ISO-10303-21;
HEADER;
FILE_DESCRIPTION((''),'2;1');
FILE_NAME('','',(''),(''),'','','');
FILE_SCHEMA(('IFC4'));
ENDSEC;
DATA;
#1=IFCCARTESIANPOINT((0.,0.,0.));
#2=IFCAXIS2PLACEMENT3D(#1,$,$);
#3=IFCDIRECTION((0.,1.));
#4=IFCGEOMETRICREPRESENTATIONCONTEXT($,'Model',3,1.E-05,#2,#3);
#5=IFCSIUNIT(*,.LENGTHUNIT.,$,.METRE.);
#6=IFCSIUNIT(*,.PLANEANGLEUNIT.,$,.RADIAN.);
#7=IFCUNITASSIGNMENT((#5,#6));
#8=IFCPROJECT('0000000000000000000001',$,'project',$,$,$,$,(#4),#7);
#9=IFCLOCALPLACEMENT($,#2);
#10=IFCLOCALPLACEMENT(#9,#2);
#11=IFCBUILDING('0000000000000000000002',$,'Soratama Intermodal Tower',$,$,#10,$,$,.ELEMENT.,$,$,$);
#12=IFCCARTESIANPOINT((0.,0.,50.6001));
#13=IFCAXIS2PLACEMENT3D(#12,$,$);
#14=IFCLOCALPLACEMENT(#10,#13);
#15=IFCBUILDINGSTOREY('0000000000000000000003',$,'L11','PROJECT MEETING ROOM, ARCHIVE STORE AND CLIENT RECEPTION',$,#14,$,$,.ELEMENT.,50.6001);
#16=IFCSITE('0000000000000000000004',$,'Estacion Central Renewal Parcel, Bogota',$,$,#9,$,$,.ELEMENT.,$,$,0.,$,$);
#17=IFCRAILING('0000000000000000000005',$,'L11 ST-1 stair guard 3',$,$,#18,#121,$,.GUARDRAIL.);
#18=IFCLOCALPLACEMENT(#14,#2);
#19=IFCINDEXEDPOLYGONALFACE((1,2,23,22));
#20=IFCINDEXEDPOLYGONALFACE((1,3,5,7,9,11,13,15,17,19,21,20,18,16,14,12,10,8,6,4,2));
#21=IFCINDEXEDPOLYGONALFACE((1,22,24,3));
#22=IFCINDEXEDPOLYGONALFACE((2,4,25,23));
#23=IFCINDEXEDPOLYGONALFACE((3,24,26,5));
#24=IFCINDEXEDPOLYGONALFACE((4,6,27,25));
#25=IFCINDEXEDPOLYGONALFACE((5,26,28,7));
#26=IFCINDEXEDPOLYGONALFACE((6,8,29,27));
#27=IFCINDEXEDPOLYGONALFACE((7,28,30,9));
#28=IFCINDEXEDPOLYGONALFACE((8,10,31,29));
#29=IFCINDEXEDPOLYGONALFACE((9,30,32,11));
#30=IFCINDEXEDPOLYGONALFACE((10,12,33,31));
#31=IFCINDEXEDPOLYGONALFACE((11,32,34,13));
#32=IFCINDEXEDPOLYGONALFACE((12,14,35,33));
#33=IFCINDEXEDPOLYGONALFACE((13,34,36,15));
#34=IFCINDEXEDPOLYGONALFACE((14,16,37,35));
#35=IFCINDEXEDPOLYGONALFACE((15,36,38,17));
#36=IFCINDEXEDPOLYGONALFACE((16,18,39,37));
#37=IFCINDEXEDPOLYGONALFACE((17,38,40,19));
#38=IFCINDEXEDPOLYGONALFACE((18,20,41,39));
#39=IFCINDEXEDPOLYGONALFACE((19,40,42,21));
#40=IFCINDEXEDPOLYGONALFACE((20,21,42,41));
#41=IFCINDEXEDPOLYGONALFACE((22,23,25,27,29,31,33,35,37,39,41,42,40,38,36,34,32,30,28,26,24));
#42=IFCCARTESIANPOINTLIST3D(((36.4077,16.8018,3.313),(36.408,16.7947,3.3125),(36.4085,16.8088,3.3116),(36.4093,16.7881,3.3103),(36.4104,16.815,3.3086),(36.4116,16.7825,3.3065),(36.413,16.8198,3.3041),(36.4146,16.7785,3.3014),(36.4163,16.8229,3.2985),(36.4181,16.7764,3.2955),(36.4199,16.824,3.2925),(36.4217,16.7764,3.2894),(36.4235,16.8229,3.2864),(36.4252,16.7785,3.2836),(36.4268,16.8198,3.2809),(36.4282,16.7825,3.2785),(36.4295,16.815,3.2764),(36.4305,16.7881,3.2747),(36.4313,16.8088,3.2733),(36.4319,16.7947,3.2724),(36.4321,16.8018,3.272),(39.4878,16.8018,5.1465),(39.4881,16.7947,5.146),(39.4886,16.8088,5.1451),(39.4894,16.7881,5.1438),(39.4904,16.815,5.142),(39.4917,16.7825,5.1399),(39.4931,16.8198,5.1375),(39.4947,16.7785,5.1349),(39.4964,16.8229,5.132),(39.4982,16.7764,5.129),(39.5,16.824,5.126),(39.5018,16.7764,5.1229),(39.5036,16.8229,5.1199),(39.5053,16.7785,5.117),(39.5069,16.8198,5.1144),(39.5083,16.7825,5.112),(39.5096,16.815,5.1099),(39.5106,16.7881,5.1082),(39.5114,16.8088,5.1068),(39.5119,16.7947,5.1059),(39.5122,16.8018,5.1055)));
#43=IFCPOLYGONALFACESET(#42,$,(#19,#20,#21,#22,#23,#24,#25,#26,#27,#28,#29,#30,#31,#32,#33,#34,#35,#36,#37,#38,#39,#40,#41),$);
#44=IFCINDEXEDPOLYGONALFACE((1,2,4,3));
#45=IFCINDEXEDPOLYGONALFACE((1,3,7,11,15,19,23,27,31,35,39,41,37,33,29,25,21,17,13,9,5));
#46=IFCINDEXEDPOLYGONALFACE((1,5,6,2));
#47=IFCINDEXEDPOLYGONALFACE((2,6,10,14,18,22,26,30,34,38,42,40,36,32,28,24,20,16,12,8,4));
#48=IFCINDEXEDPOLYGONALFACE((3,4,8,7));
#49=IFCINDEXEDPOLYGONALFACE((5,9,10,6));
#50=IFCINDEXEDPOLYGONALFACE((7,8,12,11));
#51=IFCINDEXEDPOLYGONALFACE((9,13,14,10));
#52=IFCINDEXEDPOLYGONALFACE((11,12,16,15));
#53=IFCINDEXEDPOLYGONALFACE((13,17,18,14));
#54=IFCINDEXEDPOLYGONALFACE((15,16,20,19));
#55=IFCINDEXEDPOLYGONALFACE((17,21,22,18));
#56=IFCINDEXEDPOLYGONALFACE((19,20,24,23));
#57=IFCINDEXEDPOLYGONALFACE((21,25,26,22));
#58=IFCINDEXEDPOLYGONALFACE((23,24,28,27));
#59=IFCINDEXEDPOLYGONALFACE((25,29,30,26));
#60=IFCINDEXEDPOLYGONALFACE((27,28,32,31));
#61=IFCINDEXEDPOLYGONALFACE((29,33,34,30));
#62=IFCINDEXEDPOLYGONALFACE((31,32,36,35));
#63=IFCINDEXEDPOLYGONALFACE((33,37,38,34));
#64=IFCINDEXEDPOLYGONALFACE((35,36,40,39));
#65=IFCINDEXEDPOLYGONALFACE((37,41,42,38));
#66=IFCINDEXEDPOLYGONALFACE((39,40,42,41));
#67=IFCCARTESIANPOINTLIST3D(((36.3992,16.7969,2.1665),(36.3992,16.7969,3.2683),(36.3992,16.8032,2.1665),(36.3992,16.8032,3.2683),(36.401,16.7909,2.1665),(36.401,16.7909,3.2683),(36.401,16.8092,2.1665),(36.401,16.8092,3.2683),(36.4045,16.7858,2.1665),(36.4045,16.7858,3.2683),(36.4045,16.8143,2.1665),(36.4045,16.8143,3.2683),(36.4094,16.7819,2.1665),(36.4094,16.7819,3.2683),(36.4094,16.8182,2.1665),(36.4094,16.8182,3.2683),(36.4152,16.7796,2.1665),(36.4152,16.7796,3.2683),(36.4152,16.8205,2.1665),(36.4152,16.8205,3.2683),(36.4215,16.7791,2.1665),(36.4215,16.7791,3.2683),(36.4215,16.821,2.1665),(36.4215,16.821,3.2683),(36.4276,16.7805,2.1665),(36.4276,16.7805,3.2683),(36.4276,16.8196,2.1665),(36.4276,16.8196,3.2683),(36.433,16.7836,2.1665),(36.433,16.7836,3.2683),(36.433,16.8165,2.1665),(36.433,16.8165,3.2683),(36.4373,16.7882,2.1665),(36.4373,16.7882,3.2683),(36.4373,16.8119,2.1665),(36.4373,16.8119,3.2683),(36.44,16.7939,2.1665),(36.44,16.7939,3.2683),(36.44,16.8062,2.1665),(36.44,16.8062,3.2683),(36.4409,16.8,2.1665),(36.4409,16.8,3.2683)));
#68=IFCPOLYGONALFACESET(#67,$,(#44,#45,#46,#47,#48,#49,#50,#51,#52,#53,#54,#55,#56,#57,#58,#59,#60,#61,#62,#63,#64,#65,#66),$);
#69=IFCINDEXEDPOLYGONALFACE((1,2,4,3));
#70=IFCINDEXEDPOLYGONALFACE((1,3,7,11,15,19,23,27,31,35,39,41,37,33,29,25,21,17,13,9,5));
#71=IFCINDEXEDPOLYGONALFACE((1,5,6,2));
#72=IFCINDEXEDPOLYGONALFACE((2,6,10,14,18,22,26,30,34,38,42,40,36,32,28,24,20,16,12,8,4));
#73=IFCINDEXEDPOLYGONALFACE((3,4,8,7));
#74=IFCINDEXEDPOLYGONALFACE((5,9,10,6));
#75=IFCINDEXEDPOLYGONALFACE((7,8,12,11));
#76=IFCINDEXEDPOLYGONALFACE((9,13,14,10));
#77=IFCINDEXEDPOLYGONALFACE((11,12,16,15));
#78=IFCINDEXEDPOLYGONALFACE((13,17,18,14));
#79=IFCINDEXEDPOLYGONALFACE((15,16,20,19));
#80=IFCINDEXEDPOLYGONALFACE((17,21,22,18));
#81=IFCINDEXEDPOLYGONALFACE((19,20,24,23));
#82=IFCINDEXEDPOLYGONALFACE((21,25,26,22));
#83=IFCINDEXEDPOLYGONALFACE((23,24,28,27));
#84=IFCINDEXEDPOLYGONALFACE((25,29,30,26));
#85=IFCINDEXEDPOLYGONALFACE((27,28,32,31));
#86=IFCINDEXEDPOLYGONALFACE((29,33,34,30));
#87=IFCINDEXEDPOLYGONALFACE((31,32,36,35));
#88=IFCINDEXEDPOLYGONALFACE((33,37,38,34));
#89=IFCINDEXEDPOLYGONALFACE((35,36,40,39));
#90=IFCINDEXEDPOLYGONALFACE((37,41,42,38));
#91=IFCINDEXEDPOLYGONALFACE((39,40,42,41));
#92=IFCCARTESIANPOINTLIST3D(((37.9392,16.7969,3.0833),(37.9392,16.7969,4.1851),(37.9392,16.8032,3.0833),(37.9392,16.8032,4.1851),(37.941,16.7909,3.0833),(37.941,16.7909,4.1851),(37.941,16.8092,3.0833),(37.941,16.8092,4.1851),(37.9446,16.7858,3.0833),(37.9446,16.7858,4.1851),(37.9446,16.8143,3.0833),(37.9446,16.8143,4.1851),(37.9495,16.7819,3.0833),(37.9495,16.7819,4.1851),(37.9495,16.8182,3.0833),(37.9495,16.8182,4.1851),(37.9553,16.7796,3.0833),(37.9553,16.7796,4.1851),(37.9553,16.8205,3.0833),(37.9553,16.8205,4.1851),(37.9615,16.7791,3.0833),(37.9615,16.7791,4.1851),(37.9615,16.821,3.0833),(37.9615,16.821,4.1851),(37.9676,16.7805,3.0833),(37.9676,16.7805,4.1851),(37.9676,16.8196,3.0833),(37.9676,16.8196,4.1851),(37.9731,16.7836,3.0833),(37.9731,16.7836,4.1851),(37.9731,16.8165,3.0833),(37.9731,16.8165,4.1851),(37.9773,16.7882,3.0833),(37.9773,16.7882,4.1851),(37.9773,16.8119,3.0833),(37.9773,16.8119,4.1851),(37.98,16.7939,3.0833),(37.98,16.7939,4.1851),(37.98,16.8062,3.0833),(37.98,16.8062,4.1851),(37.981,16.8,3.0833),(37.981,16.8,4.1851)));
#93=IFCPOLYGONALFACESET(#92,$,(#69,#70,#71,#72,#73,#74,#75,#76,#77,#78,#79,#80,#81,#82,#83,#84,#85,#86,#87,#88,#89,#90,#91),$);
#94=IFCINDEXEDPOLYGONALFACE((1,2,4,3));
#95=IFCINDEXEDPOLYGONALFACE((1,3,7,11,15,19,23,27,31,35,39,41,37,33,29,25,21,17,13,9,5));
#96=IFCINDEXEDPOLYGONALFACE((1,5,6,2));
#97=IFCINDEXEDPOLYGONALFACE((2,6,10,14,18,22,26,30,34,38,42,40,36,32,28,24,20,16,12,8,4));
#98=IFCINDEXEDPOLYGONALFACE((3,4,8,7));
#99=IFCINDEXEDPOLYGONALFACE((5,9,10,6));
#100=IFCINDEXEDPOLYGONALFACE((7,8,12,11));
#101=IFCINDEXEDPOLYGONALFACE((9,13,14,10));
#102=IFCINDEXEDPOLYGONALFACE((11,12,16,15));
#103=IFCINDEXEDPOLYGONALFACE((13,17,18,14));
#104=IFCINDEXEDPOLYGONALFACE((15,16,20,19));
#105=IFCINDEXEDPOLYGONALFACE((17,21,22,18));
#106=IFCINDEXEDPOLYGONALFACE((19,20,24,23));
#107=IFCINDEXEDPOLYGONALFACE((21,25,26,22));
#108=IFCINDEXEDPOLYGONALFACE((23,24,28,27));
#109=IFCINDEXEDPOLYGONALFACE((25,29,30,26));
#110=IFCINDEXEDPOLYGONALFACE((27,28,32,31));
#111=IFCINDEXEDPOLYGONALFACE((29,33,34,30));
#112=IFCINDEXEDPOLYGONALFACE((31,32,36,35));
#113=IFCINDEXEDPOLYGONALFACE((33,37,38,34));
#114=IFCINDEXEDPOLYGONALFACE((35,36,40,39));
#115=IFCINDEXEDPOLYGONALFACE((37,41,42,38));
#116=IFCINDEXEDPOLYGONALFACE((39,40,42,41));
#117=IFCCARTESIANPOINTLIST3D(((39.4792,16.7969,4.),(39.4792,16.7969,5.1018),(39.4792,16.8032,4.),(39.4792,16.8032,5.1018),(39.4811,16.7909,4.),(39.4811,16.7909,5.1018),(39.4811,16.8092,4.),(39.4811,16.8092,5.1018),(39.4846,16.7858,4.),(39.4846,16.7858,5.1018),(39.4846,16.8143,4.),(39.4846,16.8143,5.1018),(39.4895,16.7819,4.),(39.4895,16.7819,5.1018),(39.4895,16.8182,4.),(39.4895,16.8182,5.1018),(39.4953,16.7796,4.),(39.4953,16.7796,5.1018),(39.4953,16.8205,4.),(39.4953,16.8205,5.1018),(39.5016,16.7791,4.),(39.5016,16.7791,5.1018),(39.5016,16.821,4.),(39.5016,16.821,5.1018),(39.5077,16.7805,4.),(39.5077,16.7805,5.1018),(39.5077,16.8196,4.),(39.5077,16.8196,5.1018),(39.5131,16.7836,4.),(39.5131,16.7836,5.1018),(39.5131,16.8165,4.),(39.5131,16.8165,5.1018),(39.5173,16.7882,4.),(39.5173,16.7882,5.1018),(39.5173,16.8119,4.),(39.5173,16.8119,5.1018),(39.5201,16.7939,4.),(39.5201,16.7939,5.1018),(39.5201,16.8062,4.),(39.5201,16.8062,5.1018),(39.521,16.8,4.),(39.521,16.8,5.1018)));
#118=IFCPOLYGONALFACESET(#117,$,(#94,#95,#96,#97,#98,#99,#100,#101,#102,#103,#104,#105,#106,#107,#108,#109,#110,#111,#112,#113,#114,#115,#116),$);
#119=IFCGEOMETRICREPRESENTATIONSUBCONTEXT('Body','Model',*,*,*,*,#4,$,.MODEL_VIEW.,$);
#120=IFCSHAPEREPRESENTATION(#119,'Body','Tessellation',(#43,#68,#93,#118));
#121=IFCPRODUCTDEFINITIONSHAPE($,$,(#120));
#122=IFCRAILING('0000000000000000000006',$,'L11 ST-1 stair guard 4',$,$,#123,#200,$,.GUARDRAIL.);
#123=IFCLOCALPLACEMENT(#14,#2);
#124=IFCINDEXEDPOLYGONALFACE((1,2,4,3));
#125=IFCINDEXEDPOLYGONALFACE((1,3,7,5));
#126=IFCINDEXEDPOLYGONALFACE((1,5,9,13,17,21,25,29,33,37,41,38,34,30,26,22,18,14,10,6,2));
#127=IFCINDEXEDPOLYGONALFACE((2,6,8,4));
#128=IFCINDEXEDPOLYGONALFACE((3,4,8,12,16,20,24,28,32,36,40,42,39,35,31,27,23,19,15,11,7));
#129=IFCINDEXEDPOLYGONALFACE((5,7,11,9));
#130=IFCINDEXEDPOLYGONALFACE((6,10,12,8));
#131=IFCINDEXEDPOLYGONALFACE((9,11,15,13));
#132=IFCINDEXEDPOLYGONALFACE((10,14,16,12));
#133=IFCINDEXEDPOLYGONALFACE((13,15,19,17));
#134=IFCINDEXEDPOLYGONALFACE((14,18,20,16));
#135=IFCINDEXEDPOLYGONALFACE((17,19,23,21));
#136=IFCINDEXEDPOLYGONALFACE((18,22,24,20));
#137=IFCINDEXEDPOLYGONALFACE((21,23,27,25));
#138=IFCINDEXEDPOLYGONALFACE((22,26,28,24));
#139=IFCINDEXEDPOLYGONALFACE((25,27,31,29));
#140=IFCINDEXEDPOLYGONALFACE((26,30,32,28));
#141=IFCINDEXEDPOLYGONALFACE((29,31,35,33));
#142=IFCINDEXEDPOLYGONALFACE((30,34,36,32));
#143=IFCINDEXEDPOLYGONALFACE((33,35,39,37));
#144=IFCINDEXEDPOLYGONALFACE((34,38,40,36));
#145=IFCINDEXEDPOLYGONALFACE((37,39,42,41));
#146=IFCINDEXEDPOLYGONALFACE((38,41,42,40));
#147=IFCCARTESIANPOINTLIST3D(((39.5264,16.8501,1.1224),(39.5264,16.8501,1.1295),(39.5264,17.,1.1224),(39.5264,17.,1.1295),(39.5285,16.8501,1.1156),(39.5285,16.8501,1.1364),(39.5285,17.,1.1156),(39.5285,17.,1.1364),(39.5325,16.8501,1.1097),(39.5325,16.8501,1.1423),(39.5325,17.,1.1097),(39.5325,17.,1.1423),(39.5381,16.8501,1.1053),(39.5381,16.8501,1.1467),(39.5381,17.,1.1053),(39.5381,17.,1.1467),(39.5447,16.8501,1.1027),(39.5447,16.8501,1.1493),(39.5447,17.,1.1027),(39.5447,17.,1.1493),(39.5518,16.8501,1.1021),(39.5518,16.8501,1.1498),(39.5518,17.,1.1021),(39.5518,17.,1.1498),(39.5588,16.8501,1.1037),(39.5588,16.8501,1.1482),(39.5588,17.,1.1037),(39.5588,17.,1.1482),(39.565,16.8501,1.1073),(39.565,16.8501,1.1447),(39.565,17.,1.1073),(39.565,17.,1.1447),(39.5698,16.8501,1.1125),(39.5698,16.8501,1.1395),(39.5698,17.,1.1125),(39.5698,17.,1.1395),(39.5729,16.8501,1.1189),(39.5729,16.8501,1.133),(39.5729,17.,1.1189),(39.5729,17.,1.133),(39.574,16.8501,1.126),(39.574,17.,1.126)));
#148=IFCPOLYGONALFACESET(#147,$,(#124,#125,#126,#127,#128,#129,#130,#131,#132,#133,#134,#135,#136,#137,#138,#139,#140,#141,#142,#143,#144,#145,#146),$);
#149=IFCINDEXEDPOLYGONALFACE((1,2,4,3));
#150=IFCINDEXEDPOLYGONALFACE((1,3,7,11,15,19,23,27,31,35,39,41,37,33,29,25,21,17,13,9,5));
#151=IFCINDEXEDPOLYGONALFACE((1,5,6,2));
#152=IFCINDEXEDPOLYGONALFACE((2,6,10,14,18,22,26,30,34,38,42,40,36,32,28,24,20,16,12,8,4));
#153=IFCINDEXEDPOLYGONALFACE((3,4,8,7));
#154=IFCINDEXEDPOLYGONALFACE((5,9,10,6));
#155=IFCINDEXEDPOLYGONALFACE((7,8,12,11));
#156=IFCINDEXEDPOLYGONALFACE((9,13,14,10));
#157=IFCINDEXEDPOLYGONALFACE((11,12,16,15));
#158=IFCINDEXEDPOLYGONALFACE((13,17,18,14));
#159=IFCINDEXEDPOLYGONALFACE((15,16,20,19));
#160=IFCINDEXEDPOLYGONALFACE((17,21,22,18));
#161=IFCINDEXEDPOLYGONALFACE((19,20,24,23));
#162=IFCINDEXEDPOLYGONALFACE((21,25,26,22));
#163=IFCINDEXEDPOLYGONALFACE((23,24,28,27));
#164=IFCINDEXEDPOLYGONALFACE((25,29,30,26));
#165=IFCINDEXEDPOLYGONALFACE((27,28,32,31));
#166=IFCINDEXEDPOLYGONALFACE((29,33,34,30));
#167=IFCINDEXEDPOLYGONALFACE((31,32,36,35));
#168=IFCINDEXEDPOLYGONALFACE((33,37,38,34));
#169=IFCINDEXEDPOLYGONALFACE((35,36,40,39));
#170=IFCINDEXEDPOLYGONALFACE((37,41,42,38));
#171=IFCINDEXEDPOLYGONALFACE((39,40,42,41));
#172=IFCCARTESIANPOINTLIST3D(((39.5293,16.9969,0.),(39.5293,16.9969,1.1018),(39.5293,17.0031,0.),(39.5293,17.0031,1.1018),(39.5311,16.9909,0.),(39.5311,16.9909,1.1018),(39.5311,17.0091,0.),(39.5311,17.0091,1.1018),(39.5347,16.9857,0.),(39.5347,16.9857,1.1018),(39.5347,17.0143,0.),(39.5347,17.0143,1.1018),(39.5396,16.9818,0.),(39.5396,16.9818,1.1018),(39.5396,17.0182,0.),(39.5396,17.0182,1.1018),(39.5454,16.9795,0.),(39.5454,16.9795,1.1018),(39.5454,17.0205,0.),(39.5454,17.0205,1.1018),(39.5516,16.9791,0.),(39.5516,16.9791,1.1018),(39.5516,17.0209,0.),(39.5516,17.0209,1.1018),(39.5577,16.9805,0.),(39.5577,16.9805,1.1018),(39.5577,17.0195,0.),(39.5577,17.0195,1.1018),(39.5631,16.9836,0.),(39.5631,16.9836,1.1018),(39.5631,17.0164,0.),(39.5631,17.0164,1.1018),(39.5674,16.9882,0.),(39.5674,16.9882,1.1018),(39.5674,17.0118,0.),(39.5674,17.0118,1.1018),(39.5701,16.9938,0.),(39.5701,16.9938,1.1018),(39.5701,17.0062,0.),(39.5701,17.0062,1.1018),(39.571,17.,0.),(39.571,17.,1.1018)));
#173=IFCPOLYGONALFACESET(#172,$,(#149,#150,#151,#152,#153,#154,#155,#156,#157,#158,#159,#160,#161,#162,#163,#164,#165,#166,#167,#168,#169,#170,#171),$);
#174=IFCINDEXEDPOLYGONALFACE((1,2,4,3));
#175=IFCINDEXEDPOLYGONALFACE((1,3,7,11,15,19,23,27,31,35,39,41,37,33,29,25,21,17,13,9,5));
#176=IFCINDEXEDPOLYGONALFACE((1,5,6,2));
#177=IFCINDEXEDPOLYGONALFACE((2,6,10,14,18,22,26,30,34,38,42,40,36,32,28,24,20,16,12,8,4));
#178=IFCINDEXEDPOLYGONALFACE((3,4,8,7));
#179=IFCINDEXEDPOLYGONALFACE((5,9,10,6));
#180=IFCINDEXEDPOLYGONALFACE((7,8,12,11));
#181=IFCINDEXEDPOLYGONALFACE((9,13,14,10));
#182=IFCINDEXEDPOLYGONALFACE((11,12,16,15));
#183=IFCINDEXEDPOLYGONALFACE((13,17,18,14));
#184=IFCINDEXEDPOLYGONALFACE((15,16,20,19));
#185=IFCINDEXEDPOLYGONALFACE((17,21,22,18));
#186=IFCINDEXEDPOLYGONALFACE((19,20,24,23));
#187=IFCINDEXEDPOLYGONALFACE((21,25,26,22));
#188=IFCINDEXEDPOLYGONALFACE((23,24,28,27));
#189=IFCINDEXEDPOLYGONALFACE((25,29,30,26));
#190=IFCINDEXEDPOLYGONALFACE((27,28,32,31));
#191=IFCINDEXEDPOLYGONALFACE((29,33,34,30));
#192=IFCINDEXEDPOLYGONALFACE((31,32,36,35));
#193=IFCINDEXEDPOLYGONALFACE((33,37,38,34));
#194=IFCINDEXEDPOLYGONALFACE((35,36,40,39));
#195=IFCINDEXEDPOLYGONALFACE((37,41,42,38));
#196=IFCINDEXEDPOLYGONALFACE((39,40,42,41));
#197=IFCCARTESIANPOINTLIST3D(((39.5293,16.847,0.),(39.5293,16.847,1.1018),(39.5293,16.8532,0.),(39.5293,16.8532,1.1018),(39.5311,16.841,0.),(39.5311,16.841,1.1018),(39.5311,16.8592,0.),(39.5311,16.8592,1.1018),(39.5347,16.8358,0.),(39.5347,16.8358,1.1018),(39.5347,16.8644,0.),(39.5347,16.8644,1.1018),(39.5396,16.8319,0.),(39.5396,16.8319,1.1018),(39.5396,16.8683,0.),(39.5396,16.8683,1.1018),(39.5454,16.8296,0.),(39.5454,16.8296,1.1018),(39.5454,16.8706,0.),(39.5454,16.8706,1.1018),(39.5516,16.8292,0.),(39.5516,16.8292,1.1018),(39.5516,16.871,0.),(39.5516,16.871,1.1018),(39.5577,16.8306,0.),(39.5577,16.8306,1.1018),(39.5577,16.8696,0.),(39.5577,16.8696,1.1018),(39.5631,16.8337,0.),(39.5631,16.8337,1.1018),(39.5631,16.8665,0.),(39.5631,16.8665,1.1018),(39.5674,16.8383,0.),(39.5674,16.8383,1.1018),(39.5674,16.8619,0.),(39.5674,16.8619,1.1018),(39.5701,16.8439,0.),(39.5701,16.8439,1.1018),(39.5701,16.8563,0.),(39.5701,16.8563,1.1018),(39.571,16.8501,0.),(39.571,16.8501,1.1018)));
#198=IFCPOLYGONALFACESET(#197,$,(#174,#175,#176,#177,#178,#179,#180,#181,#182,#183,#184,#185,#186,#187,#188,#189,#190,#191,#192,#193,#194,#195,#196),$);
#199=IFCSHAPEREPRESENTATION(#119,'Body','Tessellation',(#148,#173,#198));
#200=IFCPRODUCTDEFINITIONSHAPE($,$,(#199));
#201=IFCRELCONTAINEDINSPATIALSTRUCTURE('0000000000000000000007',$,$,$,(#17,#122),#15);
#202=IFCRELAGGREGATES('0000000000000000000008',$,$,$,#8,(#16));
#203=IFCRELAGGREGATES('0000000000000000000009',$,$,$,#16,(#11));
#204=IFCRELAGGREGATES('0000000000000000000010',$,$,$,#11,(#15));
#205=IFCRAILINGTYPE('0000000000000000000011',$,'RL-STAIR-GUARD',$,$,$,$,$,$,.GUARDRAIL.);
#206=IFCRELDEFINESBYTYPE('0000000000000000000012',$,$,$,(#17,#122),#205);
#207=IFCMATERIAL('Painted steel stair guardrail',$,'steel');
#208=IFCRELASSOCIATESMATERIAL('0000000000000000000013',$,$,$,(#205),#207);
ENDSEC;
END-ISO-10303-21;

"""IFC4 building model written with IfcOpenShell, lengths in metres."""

from ifc_helpers import new_model, si_unit, direction, frame, origin, origin_2d, place, context, subcontext, project, spatial, circle, extrude, material, type_object, element, save


model = new_model("IFC4")

# Units and contexts
model_context = context("Model", 3, precision=1e-05, world=origin(), true_north=direction((0.0, 1.0)))
body_context = subcontext(model_context, "Body", "Model", "MODEL_VIEW")
ifc_project = project(units=[si_unit("LENGTHUNIT", "METRE"), si_unit("PLANEANGLEUNIT", "RADIAN")], contexts=[model_context])

# Site, building, storey
site_placement = place(None, origin())
site = spatial("IfcSite", under=ifc_project, at=site_placement, Name="Estacion Central Renewal Parcel, Bogota", CompositionType="ELEMENT", RefElevation=0.0)
building_placement = place(site_placement, origin())
building = spatial("IfcBuilding", under=site, at=building_placement, Name="Soratama Intermodal Tower", CompositionType="ELEMENT")
storey_placement = place(building_placement, frame((0.0, 0.0, 50.6001)))
storey = spatial("IfcBuildingStorey", under=building, at=storey_placement, Name="L11", Description="PROJECT MEETING ROOM, ARCHIVE STORE AND CLIENT RECEPTION", CompositionType="ELEMENT", Elevation=50.6001)

# Railings
ifc_material_1 = material(Name="Painted steel stair guardrail", Category="steel")
railing_type_1 = type_object("IfcRailingType", Name="RL-STAIR-GUARD", PredefinedType="GUARDRAIL", material=ifc_material_1)
railing_1_placement = place(storey_placement, frame((36.4199, 16.8, 2.1665)))
element("IfcRailing", 1, at=railing_1_placement, inside=storey, type_object=railing_type_1, Name="L11 ST-1 stair guard 3", PredefinedType="GUARDRAIL", context=body_context, shape_type="SweptSolid", body=[
    extrude(circle(Radius=0.0239, at=origin_2d()), frame((0.0, 0.0, 1.126), z_axis=(0.859279, 0.0, 0.511508), x_axis=(0.0, 1.0, 0.0)), (0.0, 0.0, 1.0), 3.5845),
    extrude(circle(Radius=0.021, at=origin_2d()), origin(), (0.0, 0.0, 1.0), 1.1018),
    extrude(circle(Radius=0.021, at=origin_2d()), frame((1.54, 0.0, 0.9167)), (0.0, 0.0, 1.0), 1.1018),
    extrude(circle(Radius=0.021, at=origin_2d()), frame((3.0801, 0.0, 1.8335)), (0.0, 0.0, 1.0), 1.1018),
])
railing_2_placement = place(storey_placement, frame((39.55, 17.0, 0.0)))
element("IfcRailing", 2, at=railing_2_placement, inside=storey, type_object=railing_type_1, Name="L11 ST-1 stair guard 4", PredefinedType="GUARDRAIL", context=body_context, shape_type="SweptSolid", body=[
    extrude(circle(Radius=0.0239, at=origin_2d()), frame((0.0, 0.0, 1.126), z_axis=(0.0, -1.0, 0.0), x_axis=(1.0, 0.0, 0.0)), (0.0, 0.0, 1.0), 0.1499),
    extrude(circle(Radius=0.021, at=origin_2d()), origin(), (0.0, 0.0, 1.0), 1.1018),
    extrude(circle(Radius=0.021, at=origin_2d()), frame((0.0, -0.1499, 0.0)), (0.0, 0.0, 1.0), 1.1018),
])

save(model, "model.ifc")
